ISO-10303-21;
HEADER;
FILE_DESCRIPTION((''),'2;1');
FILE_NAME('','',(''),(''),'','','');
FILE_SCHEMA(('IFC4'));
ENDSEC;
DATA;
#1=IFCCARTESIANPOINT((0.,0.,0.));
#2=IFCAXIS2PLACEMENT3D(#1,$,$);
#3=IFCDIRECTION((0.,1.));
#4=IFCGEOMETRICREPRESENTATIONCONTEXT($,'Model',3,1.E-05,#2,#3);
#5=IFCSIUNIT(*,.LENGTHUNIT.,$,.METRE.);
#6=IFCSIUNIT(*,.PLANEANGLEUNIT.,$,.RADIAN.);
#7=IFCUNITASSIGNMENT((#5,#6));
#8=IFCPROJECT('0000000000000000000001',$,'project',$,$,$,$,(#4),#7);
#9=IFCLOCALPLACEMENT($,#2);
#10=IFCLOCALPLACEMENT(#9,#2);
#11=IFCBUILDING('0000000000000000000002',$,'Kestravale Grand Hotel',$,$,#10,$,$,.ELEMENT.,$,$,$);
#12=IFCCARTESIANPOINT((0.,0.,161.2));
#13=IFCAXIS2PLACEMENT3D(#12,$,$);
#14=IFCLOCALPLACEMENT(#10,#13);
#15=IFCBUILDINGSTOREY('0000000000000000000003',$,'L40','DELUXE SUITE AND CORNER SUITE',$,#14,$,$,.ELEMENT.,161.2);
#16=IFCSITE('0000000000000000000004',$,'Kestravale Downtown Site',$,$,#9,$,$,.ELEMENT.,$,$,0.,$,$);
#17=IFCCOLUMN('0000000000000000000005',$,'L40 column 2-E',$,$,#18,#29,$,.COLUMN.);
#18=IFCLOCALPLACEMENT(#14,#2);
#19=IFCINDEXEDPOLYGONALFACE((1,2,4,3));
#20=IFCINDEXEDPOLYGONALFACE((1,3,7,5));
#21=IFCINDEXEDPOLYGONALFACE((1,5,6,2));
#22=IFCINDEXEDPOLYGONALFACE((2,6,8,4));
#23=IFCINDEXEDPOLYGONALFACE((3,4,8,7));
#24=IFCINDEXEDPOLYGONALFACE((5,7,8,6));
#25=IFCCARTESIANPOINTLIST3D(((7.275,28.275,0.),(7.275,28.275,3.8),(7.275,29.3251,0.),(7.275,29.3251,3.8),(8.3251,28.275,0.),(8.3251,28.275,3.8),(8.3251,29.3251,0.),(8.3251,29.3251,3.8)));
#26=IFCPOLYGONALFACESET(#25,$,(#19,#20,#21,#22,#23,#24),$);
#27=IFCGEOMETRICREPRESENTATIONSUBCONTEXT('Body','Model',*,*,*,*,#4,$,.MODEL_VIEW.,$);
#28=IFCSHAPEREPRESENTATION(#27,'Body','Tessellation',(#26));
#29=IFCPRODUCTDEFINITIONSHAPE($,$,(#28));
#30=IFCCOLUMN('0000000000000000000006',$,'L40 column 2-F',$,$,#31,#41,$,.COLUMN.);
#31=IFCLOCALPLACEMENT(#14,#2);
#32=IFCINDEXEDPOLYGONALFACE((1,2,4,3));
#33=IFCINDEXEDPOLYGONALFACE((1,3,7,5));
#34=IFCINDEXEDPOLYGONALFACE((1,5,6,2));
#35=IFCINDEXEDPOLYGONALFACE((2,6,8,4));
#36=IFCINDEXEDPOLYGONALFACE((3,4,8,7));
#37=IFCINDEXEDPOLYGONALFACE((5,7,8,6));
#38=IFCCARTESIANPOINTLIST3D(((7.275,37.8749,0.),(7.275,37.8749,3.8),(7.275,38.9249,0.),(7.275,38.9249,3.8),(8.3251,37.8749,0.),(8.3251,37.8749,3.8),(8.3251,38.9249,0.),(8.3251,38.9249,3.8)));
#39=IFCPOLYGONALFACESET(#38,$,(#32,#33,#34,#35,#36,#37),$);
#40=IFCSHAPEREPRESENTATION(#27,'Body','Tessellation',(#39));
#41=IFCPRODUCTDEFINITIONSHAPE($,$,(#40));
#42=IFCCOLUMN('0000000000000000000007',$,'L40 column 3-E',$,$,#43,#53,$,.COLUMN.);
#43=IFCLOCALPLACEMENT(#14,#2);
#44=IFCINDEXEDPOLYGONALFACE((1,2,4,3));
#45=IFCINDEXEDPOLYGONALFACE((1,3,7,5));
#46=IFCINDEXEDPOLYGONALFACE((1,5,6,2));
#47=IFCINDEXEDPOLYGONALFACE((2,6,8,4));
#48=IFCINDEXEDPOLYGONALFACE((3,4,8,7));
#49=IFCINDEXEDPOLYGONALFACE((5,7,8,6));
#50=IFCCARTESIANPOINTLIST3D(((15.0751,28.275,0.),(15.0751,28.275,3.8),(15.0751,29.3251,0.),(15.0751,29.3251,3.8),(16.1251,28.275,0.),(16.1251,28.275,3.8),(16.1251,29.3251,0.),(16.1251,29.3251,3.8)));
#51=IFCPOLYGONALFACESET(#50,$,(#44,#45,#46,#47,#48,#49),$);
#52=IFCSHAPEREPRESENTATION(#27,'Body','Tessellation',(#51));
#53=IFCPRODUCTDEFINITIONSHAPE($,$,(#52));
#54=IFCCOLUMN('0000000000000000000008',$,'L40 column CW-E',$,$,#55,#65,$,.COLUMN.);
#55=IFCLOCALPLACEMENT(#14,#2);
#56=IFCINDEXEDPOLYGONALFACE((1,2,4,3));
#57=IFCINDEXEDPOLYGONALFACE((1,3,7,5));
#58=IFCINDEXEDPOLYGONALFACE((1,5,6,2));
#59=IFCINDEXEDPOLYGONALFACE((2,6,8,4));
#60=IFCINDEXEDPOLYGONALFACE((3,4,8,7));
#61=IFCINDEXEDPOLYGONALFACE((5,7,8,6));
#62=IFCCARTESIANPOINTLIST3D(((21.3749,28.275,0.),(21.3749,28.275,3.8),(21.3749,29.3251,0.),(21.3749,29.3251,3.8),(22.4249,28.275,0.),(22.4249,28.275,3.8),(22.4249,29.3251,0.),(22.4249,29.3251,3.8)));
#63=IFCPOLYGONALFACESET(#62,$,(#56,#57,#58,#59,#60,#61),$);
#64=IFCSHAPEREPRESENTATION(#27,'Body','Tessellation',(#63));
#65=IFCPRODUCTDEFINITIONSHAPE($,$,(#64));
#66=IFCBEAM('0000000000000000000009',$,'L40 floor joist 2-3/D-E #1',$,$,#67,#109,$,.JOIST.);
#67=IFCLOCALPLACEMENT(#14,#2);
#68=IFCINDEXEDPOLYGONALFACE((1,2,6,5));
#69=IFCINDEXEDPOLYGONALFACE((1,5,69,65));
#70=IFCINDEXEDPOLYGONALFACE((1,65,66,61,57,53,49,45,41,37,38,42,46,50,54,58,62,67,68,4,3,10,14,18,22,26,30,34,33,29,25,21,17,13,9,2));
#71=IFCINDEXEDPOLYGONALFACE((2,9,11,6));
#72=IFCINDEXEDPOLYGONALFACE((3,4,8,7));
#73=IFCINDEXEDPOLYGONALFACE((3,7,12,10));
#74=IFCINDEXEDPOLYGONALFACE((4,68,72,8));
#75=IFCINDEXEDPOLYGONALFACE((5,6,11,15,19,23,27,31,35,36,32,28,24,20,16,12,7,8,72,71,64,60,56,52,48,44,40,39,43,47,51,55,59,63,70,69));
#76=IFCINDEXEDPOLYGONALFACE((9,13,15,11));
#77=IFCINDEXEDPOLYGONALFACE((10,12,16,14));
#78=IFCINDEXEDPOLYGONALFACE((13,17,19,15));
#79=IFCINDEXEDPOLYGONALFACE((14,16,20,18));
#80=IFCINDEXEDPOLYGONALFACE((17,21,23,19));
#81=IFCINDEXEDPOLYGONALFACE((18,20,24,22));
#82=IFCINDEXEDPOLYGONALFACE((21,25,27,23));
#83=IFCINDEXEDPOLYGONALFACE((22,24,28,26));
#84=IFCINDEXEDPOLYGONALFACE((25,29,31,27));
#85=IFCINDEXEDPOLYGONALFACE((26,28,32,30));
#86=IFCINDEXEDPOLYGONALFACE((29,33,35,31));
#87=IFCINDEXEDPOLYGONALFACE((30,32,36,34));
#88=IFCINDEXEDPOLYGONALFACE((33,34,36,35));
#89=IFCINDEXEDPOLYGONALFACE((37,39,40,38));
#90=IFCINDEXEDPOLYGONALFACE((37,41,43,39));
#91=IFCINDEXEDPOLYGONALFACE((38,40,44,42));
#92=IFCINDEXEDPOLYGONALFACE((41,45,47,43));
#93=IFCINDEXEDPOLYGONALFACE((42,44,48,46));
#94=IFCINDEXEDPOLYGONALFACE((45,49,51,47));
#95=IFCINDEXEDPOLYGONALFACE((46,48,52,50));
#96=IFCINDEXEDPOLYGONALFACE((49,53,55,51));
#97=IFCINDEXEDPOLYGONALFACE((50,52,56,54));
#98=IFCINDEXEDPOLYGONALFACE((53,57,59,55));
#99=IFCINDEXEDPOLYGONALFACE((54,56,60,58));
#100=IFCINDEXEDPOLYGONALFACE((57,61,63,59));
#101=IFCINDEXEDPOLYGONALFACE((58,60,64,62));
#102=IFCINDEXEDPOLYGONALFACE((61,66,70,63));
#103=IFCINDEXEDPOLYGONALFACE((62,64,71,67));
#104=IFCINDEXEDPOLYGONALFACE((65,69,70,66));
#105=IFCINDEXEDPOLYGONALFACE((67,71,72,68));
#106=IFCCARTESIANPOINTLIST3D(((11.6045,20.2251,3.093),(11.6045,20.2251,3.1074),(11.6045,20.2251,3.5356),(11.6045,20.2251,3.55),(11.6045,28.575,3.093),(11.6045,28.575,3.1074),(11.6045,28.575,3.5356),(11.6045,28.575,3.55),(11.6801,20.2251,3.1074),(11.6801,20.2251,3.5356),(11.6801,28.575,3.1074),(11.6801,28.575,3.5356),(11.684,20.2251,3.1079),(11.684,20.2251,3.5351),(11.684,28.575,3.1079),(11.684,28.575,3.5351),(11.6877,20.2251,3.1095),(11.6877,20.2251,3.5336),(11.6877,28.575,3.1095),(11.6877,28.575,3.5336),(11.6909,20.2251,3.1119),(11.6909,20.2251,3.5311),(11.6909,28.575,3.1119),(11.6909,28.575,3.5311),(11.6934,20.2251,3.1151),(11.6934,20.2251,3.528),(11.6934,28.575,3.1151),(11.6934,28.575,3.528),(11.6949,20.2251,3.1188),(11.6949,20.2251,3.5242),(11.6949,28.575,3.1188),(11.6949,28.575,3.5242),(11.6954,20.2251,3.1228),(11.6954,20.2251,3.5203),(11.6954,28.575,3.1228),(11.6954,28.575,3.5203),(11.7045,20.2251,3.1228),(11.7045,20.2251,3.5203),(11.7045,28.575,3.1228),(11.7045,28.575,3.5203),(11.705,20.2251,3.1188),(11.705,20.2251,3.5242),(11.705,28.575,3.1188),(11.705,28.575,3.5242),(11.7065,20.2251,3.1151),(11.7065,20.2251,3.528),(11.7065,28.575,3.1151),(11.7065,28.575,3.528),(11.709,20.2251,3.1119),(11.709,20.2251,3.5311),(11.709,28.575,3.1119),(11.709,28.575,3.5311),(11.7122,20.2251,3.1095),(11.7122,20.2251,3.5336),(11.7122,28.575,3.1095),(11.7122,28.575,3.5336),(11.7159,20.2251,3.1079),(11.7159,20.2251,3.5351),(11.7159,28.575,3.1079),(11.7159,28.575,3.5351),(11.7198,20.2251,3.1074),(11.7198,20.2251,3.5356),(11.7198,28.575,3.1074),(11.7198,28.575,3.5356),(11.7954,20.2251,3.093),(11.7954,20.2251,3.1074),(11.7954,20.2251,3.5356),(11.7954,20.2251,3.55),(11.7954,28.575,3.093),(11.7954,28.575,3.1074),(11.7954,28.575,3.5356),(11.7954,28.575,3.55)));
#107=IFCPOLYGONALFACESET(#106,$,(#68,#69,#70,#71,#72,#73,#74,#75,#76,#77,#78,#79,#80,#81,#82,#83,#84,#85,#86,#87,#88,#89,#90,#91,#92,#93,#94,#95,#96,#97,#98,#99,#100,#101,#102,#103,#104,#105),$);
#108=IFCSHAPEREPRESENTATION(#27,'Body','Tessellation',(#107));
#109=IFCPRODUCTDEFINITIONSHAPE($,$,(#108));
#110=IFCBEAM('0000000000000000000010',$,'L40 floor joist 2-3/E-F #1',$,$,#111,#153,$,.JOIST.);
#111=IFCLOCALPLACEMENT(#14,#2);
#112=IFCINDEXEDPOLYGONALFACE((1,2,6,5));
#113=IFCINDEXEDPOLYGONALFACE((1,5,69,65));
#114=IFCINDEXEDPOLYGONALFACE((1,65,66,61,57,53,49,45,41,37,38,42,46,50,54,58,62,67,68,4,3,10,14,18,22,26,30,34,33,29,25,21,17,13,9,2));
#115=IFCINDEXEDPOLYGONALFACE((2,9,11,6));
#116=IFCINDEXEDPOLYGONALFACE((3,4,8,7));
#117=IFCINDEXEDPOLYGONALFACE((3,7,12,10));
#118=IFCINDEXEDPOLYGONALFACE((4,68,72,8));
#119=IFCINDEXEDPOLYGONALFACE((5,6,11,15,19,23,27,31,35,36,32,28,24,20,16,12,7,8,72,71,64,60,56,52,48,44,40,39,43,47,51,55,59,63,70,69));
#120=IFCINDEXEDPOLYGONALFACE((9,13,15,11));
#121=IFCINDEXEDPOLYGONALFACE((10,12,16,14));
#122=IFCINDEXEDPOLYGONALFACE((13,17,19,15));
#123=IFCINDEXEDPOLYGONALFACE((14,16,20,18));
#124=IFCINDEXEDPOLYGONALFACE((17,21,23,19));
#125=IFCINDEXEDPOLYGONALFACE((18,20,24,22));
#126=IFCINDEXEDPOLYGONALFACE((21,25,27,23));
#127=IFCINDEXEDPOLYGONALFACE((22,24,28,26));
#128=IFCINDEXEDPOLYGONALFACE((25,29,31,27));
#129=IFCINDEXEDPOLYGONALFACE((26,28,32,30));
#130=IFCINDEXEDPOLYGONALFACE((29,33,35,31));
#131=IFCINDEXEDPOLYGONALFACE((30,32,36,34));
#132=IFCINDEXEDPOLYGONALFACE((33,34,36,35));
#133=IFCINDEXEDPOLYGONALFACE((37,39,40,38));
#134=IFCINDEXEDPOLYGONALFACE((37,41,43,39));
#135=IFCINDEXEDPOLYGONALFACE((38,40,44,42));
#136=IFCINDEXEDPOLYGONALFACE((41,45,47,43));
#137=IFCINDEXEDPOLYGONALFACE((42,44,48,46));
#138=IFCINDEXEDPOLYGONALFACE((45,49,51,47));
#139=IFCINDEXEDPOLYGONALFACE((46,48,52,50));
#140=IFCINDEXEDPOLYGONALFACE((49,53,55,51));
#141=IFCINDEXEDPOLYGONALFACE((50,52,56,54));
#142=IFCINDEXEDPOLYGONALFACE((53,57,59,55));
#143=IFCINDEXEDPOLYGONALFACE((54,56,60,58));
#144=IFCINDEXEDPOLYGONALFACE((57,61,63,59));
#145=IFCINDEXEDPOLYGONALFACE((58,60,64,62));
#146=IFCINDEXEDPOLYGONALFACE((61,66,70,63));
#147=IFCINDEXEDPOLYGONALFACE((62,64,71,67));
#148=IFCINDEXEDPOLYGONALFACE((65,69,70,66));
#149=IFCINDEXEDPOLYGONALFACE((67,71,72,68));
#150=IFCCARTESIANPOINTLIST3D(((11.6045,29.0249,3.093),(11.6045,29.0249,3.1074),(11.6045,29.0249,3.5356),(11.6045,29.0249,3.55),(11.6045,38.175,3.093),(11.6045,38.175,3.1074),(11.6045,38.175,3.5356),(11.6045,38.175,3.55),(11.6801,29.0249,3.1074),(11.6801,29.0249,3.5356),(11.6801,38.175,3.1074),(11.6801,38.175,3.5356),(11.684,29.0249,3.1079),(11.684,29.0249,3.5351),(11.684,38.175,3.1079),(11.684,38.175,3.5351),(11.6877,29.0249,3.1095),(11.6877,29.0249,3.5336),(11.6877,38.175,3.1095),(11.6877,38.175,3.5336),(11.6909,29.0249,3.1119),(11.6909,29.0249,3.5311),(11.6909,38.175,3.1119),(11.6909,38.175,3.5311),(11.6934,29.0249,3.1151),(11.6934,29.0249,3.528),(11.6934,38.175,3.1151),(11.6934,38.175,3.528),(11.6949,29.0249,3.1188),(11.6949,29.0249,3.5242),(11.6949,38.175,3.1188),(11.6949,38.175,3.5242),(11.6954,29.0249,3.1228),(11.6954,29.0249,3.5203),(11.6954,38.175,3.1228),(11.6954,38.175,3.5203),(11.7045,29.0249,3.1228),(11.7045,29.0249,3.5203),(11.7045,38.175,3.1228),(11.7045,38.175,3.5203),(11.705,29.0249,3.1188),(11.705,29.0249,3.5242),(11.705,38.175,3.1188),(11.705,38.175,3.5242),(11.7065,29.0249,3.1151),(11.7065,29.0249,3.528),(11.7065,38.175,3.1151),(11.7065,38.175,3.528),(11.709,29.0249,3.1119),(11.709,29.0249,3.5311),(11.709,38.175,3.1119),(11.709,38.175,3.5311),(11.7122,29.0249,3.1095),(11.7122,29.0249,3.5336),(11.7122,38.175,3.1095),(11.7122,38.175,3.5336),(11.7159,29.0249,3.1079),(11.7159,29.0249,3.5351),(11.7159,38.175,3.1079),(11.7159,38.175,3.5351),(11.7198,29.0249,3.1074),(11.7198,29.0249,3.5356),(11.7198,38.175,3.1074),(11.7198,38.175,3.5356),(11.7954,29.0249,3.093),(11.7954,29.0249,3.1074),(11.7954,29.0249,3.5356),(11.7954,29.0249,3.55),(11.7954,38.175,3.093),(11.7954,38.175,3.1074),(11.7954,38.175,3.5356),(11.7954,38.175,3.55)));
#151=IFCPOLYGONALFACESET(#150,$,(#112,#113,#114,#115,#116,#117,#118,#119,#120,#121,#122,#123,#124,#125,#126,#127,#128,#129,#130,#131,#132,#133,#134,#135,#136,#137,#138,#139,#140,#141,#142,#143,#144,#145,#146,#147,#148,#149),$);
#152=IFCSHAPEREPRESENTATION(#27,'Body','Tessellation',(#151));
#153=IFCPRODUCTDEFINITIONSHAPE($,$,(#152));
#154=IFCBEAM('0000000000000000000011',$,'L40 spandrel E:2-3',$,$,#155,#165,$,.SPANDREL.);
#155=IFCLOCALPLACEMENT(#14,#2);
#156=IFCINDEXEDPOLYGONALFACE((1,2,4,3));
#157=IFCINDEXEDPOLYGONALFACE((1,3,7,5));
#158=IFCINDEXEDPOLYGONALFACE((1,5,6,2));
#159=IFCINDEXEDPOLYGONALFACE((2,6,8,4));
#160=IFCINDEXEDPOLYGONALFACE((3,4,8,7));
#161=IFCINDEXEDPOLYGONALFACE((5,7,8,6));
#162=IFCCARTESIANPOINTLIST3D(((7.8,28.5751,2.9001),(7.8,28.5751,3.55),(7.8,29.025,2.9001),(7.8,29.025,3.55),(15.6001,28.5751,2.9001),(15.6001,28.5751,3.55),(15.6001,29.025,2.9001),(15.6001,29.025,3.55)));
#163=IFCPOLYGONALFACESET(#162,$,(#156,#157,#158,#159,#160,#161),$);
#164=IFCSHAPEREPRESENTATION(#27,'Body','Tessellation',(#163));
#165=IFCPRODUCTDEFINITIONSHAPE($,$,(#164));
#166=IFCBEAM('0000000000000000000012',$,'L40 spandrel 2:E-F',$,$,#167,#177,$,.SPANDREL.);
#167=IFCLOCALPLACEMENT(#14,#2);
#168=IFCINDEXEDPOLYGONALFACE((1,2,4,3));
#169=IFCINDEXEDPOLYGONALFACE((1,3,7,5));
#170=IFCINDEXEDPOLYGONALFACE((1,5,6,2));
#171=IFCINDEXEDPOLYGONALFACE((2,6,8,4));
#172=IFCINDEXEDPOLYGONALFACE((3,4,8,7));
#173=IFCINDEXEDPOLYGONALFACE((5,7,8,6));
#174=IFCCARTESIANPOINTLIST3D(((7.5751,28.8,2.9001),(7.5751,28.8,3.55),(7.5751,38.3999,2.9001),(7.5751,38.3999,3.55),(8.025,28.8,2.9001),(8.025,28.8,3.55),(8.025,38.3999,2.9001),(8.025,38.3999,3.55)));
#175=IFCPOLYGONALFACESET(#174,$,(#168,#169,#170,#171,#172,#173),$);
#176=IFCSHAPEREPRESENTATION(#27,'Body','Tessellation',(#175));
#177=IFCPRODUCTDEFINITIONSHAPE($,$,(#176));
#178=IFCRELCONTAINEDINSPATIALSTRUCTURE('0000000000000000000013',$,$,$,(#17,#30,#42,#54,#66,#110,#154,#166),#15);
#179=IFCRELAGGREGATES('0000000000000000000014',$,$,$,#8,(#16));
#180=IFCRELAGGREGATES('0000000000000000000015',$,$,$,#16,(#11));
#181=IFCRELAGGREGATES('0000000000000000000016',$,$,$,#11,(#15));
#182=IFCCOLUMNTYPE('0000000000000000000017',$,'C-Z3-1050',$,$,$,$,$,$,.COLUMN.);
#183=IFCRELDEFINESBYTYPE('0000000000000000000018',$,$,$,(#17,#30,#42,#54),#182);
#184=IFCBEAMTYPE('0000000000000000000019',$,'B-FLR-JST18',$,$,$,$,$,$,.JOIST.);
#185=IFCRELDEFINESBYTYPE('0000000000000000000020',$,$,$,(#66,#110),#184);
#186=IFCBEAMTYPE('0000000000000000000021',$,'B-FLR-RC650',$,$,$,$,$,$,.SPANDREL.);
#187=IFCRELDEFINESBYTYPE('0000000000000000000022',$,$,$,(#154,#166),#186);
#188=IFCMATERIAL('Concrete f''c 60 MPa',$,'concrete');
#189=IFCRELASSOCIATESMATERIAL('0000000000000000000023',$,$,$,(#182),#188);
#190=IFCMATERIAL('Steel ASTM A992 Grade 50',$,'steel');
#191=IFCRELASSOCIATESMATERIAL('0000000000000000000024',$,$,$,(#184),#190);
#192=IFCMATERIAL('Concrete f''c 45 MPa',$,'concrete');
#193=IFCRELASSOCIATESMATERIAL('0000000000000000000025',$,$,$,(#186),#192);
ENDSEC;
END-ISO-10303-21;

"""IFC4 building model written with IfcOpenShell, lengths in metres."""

from ifc_helpers import new_model, si_unit, direction, frame, origin, origin_2d, place, context, subcontext, project, spatial, rectangle, i_section, extrude, material, material_profile, profile_set, type_object, element, save


model = new_model("IFC4")

# Units and contexts
model_context = context("Model", 3, precision=1e-05, world=origin(), true_north=direction((0.0, 1.0)))
body_context = subcontext(model_context, "Body", "Model", "MODEL_VIEW")
ifc_project = project(units=[si_unit("LENGTHUNIT", "METRE"), si_unit("PLANEANGLEUNIT", "RADIAN")], contexts=[model_context])

# Site, building, storey
site_placement = place(None, origin())
site = spatial("IfcSite", under=ifc_project, at=site_placement, Name="Kestravale Downtown Site", CompositionType="ELEMENT", RefElevation=0.0)
building_placement = place(site_placement, origin())
building = spatial("IfcBuilding", under=site, at=building_placement, Name="Kestravale Grand Hotel", CompositionType="ELEMENT")
storey_placement = place(building_placement, frame((0.0, 0.0, 161.2)))
storey = spatial("IfcBuildingStorey", under=building, at=storey_placement, Name="L40", Description="DELUXE SUITE AND CORNER SUITE", CompositionType="ELEMENT", Elevation=161.2)

# Columns
ifc_material_1 = material(Name="Concrete f'c 60 MPa", Category="concrete")
ifc_material_profile_1 = material_profile(ifc_material_1, rectangle(XDim=1.05, YDim=1.05, at=origin_2d()))
ifc_profile_set_1 = profile_set([ifc_material_profile_1], Name="Concrete f'c 60 MPa")
column_type = type_object("IfcColumnType", Name="C-Z3-1050", PredefinedType="COLUMN", material=ifc_profile_set_1)
for number, where, z_axis, x_axis, name in (
    (1, (7.8, 28.8, 0.0), (0.0, 0.0, 1.0), (1.0, 0.0, 0.0), "L40 column 2-E"),
    (2, (7.8, 38.3999, 0.0), (0.0, 0.0, 1.0), (1.0, 0.0, 0.0), "L40 column 2-F"),
    (3, (15.6001, 28.8, 0.0), (0.0, 0.0, 1.0), (1.0, 0.0, 0.0), "L40 column 3-E"),
    (4, (21.8999, 28.8, 0.0), (0.0, 0.0, 1.0), (1.0, 0.0, 0.0), "L40 column CW-E"),
):
    element("IfcColumn", number, at=place(storey_placement, frame(where, z_axis=z_axis, x_axis=x_axis)), inside=storey, type_object=column_type, Name=name, PredefinedType="COLUMN", context=body_context, shape_type="SweptSolid", body=[
        extrude(rectangle(XDim=1.05, YDim=1.05, at=origin_2d()), origin(), (0.0, 0.0, 1.0), 3.8),
    ])

# Beams
ifc_material_2 = material(Name="Steel ASTM A992 Grade 50", Category="steel")
ifc_material_profile_2 = material_profile(ifc_material_2, i_section(OverallWidth=0.1909, OverallDepth=0.457, WebThickness=0.009, FlangeThickness=0.0144, FilletRadius=0.0154, at=origin_2d()))
ifc_profile_set_2 = profile_set([ifc_material_profile_2], Name="Steel ASTM A992 Grade 50")
beam_type_1 = type_object("IfcBeamType", Name="B-FLR-JST18", PredefinedType="JOIST", material=ifc_profile_set_2)
beam_1_placement = place(storey_placement, frame((11.7, 20.2251, 3.3215), z_axis=(0.0, 1.0, 0.0), x_axis=(-1.0, 0.0, 0.0)))
element("IfcBeam", 5, at=beam_1_placement, inside=storey, type_object=beam_type_1, Name="L40 floor joist 2-3/D-E #1", PredefinedType="JOIST", context=body_context, shape_type="SweptSolid", body=[
    extrude(i_section(OverallWidth=0.1909, OverallDepth=0.457, WebThickness=0.009, FlangeThickness=0.0144, FilletRadius=0.0154, at=origin_2d()), origin(), (0.0, 0.0, 1.0), 8.3499),
])
beam_2_placement = place(storey_placement, frame((11.7, 29.0249, 3.3215), z_axis=(0.0, 1.0, 0.0), x_axis=(-1.0, 0.0, 0.0)))
element("IfcBeam", 6, at=beam_2_placement, inside=storey, type_object=beam_type_1, Name="L40 floor joist 2-3/E-F #1", PredefinedType="JOIST", context=body_context, shape_type="SweptSolid", body=[
    extrude(i_section(OverallWidth=0.1909, OverallDepth=0.457, WebThickness=0.009, FlangeThickness=0.0144, FilletRadius=0.0154, at=origin_2d()), origin(), (0.0, 0.0, 1.0), 9.1501),
])
ifc_material_3 = material(Name="Concrete f'c 45 MPa", Category="concrete")
ifc_material_profile_3 = material_profile(ifc_material_3, rectangle(XDim=0.45, YDim=0.6499, at=origin_2d()))
ifc_profile_set_3 = profile_set([ifc_material_profile_3], Name="Concrete f'c 45 MPa")
beam_type_2 = type_object("IfcBeamType", Name="B-FLR-RC650", PredefinedType="SPANDREL", material=ifc_profile_set_3)
beam_3_placement = place(storey_placement, frame((7.8, 28.8, 3.2251), z_axis=(1.0, 0.0, 0.0), x_axis=(0.0, 1.0, 0.0)))
element("IfcBeam", 7, at=beam_3_placement, inside=storey, type_object=beam_type_2, Name="L40 spandrel E:2-3", PredefinedType="SPANDREL", context=body_context, shape_type="SweptSolid", body=[
    extrude(rectangle(XDim=0.45, YDim=0.6499, at=origin_2d()), origin(), (0.0, 0.0, 1.0), 7.8),
])
beam_4_placement = place(storey_placement, frame((7.8, 28.8, 3.2251), z_axis=(0.0, 1.0, 0.0), x_axis=(-1.0, 0.0, 0.0)))
element("IfcBeam", 8, at=beam_4_placement, inside=storey, type_object=beam_type_2, Name="L40 spandrel 2:E-F", PredefinedType="SPANDREL", context=body_context, shape_type="SweptSolid", body=[
    extrude(rectangle(XDim=0.45, YDim=0.6499, at=origin_2d()), origin(), (0.0, 0.0, 1.0), 9.5999),
])

save(model, "model.ifc")
